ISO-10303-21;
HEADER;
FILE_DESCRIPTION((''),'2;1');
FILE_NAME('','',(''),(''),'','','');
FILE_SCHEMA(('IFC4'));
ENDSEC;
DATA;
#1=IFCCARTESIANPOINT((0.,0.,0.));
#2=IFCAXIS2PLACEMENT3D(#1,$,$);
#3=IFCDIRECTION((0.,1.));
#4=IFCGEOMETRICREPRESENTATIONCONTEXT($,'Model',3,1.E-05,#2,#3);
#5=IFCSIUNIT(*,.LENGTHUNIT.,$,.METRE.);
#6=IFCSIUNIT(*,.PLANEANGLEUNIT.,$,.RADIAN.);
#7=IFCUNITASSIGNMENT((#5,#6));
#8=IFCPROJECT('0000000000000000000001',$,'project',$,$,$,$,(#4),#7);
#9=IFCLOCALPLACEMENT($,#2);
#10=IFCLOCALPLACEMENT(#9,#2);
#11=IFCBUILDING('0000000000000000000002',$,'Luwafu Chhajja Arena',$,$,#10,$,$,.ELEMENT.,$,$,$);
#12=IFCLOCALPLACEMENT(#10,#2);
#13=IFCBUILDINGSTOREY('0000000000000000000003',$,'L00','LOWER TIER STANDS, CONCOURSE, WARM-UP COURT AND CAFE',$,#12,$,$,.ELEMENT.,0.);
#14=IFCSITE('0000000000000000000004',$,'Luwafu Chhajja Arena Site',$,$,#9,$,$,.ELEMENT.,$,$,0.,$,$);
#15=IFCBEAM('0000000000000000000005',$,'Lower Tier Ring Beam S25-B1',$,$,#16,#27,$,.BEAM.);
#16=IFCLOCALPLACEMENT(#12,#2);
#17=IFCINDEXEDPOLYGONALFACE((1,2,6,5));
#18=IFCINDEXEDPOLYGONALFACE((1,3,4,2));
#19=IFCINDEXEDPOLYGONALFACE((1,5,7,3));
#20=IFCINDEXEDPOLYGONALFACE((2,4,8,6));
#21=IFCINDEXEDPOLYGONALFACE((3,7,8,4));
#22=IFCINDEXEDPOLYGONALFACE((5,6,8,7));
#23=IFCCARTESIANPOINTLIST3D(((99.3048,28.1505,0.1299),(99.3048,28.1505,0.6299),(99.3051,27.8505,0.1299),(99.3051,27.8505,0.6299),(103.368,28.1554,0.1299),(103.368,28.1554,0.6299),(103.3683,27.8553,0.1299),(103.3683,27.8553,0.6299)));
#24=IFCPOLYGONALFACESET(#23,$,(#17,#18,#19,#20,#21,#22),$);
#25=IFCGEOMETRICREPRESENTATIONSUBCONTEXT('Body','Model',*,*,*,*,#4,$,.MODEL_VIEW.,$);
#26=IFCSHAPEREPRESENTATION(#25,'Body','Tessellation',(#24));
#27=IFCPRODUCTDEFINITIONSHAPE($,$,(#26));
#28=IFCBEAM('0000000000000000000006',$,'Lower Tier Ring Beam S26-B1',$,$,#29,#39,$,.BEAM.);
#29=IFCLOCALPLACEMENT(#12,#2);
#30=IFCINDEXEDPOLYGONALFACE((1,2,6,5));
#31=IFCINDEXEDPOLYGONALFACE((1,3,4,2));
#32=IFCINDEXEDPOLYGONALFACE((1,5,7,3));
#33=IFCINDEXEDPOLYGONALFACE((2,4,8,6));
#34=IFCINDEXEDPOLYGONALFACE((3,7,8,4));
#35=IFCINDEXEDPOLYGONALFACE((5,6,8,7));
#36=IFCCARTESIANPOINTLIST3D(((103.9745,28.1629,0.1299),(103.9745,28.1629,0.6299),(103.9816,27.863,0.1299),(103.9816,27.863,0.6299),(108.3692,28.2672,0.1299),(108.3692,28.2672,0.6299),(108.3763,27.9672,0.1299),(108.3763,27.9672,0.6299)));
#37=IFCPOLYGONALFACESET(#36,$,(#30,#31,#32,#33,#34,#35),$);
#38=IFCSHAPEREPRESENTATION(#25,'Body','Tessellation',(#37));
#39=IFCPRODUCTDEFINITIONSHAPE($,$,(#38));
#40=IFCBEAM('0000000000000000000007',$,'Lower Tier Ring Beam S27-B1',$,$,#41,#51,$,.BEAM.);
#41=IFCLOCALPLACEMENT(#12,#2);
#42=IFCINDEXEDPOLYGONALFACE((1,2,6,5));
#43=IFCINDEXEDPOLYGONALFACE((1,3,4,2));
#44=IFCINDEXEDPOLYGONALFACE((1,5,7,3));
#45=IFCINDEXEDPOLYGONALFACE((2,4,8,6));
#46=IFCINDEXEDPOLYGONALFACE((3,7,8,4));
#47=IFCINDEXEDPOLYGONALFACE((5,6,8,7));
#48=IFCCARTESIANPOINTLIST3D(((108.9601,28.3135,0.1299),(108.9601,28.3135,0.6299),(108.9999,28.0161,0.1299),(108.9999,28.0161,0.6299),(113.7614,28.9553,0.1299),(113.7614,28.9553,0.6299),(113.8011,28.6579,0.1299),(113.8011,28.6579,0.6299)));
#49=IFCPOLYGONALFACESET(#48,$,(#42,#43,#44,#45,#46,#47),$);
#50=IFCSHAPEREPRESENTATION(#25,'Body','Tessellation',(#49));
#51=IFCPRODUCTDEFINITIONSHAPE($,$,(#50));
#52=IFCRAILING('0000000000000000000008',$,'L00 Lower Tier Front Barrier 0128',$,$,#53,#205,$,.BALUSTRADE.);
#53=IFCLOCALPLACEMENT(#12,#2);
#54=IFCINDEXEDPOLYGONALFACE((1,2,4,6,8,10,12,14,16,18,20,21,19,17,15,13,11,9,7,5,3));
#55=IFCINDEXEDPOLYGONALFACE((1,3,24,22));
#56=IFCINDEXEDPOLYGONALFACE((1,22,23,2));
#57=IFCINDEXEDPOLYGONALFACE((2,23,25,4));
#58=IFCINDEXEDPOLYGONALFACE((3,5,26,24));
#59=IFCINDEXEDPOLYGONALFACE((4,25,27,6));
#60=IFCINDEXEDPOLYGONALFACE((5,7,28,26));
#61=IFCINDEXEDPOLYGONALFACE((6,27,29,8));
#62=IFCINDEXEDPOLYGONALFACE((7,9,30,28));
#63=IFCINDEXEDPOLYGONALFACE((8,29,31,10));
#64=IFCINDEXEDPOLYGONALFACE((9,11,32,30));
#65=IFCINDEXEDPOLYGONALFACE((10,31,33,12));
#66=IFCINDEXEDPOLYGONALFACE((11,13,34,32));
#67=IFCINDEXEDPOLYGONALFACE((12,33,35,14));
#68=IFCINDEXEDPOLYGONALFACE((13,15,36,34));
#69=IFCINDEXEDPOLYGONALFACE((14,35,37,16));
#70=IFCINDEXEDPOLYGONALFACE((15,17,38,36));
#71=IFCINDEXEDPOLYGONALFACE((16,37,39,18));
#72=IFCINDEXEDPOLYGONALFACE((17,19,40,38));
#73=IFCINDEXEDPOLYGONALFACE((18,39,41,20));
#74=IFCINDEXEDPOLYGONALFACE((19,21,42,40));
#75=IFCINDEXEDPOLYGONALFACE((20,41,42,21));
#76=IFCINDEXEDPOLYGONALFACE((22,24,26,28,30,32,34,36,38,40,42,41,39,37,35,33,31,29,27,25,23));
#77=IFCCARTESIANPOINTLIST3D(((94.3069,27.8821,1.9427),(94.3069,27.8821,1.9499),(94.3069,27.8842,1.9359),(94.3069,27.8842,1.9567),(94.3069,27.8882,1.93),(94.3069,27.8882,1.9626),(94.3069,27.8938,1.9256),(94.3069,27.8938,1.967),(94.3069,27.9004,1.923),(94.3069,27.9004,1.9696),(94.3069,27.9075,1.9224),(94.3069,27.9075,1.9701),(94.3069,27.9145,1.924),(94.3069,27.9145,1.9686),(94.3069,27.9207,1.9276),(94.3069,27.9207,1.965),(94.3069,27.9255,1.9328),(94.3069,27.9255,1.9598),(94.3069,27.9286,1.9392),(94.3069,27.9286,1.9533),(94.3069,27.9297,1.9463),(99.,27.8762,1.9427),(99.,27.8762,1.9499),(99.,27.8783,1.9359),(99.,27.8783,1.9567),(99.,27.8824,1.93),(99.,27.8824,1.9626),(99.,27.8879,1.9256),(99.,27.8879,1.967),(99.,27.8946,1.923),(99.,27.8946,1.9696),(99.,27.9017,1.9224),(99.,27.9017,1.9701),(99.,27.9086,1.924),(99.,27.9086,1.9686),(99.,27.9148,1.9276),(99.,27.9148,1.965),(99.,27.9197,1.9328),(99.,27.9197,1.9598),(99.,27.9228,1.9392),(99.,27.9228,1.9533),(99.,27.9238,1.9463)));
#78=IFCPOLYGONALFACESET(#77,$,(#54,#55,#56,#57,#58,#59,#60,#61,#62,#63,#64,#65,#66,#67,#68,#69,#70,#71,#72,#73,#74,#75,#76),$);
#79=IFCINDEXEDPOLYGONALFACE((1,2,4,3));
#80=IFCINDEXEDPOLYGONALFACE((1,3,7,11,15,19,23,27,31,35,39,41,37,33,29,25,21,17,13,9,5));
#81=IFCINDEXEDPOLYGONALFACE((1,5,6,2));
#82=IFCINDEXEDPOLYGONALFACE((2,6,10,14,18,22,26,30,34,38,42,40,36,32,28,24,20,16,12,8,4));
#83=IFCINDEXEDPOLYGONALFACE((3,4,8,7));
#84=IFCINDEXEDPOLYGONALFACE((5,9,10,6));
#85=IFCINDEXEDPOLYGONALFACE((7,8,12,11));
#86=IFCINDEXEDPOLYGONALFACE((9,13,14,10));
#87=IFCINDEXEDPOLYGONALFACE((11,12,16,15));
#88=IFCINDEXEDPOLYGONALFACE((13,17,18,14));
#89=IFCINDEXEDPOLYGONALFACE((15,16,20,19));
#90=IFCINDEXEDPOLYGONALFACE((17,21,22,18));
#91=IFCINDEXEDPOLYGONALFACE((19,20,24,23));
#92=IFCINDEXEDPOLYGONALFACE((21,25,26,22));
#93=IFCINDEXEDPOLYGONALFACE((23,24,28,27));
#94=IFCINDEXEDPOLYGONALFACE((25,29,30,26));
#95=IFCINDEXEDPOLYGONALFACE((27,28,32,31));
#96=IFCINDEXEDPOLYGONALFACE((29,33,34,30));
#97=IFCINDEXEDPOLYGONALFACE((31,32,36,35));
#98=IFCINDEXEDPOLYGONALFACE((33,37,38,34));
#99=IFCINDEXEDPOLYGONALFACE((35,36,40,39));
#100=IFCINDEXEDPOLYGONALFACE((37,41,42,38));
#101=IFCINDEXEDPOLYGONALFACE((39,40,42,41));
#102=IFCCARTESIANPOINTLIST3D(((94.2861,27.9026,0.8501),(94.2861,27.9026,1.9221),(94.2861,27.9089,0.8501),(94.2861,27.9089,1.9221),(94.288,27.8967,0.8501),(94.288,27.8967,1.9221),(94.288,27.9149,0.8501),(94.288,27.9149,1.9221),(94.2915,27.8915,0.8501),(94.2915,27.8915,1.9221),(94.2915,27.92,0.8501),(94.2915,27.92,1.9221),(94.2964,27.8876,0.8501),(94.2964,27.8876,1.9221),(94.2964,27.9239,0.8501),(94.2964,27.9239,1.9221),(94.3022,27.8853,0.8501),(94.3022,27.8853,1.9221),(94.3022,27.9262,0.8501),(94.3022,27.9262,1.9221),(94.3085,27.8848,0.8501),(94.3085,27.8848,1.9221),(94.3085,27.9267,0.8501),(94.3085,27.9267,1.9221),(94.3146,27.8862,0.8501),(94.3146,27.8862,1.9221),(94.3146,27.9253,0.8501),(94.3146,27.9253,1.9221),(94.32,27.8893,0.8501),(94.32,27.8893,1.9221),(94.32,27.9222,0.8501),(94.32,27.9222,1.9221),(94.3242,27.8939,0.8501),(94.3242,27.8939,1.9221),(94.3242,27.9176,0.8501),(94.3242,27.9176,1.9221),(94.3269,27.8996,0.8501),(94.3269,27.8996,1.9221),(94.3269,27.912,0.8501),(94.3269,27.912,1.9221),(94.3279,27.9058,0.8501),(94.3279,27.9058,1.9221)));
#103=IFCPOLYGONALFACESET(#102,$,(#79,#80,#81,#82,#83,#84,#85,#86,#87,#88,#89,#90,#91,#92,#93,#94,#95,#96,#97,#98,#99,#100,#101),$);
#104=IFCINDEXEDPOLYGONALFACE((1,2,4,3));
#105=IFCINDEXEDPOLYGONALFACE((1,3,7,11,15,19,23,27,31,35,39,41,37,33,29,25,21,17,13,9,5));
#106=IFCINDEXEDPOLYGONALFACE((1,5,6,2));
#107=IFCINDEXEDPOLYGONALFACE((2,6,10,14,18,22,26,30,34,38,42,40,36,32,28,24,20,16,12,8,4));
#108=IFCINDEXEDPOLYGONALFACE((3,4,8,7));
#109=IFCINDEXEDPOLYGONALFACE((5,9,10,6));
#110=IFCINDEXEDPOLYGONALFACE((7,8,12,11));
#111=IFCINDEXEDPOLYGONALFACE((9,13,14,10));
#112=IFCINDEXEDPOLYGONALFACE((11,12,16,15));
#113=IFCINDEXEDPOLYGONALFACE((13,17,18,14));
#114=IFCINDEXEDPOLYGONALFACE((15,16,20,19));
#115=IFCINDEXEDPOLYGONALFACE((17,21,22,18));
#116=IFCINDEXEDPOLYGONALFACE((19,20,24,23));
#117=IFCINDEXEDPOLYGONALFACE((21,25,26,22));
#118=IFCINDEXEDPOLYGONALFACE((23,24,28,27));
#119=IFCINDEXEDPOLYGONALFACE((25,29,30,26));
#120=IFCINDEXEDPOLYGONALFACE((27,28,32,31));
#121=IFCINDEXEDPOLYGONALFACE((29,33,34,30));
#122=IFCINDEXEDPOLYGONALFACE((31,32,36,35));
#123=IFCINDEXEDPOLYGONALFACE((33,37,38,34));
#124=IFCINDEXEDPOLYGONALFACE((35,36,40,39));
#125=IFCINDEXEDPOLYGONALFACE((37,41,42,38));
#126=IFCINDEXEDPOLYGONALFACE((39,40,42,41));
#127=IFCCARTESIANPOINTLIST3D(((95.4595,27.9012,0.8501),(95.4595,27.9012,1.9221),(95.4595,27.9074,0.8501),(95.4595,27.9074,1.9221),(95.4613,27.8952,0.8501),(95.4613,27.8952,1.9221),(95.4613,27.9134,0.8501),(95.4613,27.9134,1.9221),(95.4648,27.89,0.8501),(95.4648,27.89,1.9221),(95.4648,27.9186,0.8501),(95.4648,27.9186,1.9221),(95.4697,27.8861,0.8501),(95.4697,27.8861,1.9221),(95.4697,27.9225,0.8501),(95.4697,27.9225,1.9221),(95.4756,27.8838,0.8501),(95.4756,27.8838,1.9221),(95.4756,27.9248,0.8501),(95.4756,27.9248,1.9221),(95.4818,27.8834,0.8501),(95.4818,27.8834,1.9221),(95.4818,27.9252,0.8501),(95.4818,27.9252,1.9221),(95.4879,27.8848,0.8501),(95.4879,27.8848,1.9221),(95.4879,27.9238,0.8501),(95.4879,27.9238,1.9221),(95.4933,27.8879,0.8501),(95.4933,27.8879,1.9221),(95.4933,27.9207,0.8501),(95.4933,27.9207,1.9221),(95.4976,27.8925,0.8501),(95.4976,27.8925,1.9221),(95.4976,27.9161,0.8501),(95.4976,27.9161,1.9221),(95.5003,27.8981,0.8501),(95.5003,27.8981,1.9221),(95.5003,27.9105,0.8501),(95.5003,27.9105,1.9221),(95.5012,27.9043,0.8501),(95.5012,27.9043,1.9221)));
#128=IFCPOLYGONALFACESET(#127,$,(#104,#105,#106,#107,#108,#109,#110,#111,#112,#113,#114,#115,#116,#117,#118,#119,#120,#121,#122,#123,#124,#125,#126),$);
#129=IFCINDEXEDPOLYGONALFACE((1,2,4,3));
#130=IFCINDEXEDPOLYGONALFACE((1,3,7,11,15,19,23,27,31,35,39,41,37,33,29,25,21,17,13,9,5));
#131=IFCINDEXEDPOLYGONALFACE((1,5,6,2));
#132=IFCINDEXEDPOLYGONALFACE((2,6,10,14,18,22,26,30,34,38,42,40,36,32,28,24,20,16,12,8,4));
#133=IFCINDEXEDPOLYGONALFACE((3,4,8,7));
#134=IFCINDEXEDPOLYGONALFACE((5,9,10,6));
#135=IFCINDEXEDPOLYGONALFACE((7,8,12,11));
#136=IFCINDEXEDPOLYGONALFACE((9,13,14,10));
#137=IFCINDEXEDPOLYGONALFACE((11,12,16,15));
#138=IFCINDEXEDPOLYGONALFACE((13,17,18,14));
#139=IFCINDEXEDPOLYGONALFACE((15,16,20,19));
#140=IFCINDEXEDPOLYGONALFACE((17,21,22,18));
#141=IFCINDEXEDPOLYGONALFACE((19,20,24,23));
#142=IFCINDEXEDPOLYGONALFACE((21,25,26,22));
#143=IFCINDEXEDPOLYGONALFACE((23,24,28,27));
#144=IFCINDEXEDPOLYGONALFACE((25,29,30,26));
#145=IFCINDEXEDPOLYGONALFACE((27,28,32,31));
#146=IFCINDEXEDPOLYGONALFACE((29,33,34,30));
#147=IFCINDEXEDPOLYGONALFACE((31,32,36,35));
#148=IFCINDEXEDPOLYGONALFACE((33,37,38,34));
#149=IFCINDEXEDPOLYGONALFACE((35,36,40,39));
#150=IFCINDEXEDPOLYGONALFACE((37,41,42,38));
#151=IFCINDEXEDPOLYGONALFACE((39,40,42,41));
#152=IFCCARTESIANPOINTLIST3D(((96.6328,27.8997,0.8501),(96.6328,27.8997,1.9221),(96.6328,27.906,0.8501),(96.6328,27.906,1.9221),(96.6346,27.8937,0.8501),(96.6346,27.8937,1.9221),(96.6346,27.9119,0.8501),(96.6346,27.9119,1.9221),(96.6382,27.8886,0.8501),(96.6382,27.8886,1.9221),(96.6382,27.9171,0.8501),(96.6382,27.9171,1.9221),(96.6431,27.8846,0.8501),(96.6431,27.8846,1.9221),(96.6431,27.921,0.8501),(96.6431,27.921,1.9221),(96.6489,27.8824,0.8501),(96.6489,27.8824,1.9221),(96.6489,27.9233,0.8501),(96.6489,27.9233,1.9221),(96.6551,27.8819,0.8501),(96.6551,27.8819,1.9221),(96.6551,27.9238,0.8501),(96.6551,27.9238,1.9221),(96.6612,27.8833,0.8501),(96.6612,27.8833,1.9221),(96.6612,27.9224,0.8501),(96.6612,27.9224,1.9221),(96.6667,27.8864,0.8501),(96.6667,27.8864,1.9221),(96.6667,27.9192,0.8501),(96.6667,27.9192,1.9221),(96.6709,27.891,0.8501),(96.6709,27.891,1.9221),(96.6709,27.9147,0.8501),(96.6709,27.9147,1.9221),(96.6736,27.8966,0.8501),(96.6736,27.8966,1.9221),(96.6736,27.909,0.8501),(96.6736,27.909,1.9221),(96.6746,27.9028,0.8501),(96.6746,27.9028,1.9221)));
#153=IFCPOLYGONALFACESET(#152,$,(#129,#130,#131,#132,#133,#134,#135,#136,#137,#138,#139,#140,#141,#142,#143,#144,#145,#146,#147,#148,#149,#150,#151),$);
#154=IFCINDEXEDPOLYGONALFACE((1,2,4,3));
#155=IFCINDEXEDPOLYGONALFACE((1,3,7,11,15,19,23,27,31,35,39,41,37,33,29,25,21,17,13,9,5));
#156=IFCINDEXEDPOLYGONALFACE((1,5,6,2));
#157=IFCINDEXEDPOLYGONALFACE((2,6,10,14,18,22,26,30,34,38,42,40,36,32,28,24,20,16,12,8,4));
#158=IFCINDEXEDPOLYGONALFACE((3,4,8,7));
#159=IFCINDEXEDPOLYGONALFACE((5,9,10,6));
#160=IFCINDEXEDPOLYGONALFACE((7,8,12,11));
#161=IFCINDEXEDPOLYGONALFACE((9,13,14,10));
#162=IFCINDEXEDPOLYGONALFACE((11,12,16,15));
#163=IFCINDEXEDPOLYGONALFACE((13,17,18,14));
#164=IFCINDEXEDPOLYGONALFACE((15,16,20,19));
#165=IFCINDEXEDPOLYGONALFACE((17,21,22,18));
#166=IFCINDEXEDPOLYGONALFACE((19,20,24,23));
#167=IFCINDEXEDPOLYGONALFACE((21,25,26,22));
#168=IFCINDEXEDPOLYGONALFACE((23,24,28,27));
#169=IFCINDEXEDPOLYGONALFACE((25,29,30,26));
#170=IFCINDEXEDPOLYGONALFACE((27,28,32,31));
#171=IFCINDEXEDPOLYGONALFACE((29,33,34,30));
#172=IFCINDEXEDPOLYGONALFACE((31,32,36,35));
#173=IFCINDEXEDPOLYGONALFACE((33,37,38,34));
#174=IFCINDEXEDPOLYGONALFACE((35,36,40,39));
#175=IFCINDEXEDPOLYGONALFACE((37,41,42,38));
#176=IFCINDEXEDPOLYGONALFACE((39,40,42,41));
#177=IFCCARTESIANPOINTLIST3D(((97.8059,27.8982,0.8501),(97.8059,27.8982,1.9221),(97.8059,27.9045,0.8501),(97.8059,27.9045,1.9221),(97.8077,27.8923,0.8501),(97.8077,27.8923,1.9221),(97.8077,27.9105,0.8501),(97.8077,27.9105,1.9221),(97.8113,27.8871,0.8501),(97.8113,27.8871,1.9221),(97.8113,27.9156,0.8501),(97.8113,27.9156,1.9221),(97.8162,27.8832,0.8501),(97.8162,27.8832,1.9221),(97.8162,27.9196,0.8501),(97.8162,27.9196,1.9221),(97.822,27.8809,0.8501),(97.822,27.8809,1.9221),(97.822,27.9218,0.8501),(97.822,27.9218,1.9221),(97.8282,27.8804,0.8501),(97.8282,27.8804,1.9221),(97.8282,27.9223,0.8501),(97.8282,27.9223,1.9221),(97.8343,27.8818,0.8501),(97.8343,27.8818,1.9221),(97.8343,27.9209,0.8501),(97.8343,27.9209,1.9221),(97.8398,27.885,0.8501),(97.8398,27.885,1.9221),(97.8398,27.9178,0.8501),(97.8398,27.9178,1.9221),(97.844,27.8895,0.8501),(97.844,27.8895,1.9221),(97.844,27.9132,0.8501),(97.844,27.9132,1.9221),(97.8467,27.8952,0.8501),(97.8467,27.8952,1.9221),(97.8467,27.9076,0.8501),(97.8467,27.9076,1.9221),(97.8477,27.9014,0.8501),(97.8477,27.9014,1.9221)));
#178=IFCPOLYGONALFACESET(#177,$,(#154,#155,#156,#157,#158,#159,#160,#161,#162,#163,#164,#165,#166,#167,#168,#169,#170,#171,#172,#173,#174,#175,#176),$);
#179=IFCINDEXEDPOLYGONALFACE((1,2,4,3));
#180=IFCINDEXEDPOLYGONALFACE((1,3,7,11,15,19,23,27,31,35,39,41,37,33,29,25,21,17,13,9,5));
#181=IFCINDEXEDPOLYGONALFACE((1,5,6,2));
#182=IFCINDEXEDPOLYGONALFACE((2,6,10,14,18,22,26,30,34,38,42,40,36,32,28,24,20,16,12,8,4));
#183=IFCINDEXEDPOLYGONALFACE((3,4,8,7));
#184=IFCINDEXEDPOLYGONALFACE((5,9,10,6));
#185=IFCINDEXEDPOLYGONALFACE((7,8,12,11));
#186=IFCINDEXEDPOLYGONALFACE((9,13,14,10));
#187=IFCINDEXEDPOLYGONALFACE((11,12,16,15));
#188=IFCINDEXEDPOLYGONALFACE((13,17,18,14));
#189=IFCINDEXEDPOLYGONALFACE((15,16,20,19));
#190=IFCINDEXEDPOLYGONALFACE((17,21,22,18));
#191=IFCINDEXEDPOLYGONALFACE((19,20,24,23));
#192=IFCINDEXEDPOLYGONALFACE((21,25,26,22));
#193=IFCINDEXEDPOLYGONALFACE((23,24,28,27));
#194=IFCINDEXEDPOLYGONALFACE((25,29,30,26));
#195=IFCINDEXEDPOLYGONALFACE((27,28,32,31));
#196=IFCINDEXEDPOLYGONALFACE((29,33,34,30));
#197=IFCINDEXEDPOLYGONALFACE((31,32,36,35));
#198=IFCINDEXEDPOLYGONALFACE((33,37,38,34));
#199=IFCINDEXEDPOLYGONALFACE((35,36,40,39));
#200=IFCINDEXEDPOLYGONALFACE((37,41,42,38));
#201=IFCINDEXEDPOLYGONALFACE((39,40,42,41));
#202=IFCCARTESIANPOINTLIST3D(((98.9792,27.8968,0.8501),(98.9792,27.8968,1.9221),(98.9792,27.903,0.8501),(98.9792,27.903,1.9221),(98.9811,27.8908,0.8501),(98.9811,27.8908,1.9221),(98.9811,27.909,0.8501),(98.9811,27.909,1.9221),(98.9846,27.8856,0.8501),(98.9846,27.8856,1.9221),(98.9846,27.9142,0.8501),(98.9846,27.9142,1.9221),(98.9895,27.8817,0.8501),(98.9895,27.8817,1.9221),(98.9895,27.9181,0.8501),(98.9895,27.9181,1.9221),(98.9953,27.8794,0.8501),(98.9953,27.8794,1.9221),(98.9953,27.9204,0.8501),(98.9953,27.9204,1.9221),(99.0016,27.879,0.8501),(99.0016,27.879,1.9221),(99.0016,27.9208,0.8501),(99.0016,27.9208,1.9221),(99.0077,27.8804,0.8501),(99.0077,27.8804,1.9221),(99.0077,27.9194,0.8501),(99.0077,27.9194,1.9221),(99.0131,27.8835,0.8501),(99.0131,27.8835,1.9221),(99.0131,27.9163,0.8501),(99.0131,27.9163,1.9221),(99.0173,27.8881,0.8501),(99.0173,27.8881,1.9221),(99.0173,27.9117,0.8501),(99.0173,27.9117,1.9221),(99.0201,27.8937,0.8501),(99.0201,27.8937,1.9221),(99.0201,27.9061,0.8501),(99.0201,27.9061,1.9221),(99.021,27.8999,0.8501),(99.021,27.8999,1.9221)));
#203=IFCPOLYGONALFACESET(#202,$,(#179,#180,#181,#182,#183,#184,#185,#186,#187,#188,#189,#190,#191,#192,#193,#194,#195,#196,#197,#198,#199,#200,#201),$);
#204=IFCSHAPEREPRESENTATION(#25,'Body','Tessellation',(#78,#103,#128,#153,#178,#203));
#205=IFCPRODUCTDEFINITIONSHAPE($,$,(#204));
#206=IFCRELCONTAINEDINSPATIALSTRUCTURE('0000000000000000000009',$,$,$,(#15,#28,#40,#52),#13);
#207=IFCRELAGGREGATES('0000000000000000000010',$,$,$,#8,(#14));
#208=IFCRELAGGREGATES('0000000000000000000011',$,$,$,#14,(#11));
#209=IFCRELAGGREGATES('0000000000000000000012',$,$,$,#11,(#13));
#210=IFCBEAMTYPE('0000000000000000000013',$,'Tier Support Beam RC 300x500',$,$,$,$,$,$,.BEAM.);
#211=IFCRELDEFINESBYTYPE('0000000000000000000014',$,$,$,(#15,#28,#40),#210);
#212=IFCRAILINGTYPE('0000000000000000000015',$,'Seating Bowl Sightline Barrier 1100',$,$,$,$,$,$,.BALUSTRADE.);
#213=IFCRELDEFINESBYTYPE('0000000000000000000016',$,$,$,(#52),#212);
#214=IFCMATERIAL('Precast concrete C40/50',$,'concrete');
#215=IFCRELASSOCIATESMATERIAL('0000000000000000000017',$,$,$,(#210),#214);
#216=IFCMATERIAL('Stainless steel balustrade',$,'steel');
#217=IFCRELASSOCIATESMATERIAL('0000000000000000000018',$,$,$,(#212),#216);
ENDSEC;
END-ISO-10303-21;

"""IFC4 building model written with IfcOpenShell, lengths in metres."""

from ifc_helpers import new_model, si_unit, direction, frame, origin, origin_2d, place, context, subcontext, project, spatial, rectangle, circle, extrude, material, material_profile, profile_set, type_object, element, save


model = new_model("IFC4")

# Units and contexts
model_context = context("Model", 3, precision=1e-05, world=origin(), true_north=direction((0.0, 1.0)))
body_context = subcontext(model_context, "Body", "Model", "MODEL_VIEW")
ifc_project = project(units=[si_unit("LENGTHUNIT", "METRE"), si_unit("PLANEANGLEUNIT", "RADIAN")], contexts=[model_context])

# Site, building, storey
site_placement = place(None, origin())
site = spatial("IfcSite", under=ifc_project, at=site_placement, Name="Luwafu Chhajja Arena Site", CompositionType="ELEMENT", RefElevation=0.0)
building_placement = place(site_placement, origin())
building = spatial("IfcBuilding", under=site, at=building_placement, Name="Luwafu Chhajja Arena", CompositionType="ELEMENT")
storey_placement = place(building_placement, origin())
storey = spatial("IfcBuildingStorey", under=building, at=storey_placement, Name="L00", Description="LOWER TIER STANDS, CONCOURSE, WARM-UP COURT AND CAFE", CompositionType="ELEMENT", Elevation=0.0)

# Beams
ifc_material_1 = material(Name="Precast concrete C40/50", Category="concrete")
ifc_material_profile_1 = material_profile(ifc_material_1, rectangle(XDim=0.3, YDim=0.5, at=origin_2d()), Name="RC 300x500")
ifc_profile_set_1 = profile_set([ifc_material_profile_1], Name="Precast concrete C40/50")
beam_type_1 = type_object("IfcBeamType", Name="Tier Support Beam RC 300x500", PredefinedType="BEAM", material=ifc_profile_set_1)
for number, where, z_axis, x_axis, name in (
    (1, (99.3049, 28.0005, 0.3799), (0.999999, 0.001202, 0.0), (-0.001202, 0.999999, 0.0), "Lower Tier Ring Beam S25-B1"),
):
    element("IfcBeam", number, at=place(storey_placement, frame(where, z_axis=z_axis, x_axis=x_axis)), inside=storey, type_object=beam_type_1, Name=name, PredefinedType="BEAM", context=body_context, shape_type="SweptSolid", body=[
        extrude(rectangle(XDim=0.3, YDim=0.5, at=origin_2d()), origin(), (0.0, 0.0, 1.0), 4.0632),
    ])
beam_1_placement = place(storey_placement, frame((103.978, 28.0129, 0.3799), z_axis=(0.999719, 0.023714, 0.0), x_axis=(-0.023714, 0.999719, 0.0)))
element("IfcBeam", 2, at=beam_1_placement, inside=storey, type_object=beam_type_1, Name="Lower Tier Ring Beam S26-B1", PredefinedType="BEAM", context=body_context, shape_type="SweptSolid", body=[
    extrude(rectangle(XDim=0.3, YDim=0.5, at=origin_2d()), origin(), (0.0, 0.0, 1.0), 4.396),
])
beam_2_placement = place(storey_placement, frame((108.98, 28.1648, 0.3799), z_axis=(0.991183, 0.132504, 0.0), x_axis=(-0.132504, 0.991183, 0.0)))
element("IfcBeam", 3, at=beam_2_placement, inside=storey, type_object=beam_type_1, Name="Lower Tier Ring Beam S27-B1", PredefinedType="BEAM", context=body_context, shape_type="SweptSolid", body=[
    extrude(rectangle(XDim=0.3, YDim=0.5, at=origin_2d()), origin(), (0.0, 0.0, 1.0), 4.844),
])

# Railing
ifc_material_2 = material(Name="Stainless steel balustrade", Category="steel")
railing_type = type_object("IfcRailingType", Name="Seating Bowl Sightline Barrier 1100", PredefinedType="BALUSTRADE", material=ifc_material_2)
railing_1_placement = place(storey_placement, frame((94.3069, 27.9058, 0.8501)))
element("IfcRailing", 4, at=railing_1_placement, inside=storey, type_object=railing_type, Name="L00 Lower Tier Front Barrier 0128", PredefinedType="BALUSTRADE", context=body_context, shape_type="SweptSolid", body=[
    extrude(circle(Radius=0.0239, at=origin_2d()), frame((0.0, 0.0, 1.0962), z_axis=(0.999999, -0.001249, 0.0), x_axis=(0.001249, 0.999999, 0.0)), (0.0, 0.0, 1.0), 4.6931),
    extrude(circle(Radius=0.021, at=origin_2d()), origin(), (0.0, 0.0, 1.0), 1.072),
    extrude(circle(Radius=0.021, at=origin_2d()), frame((1.1733, -0.0015, 0.0)), (0.0, 0.0, 1.0), 1.072),
    extrude(circle(Radius=0.021, at=origin_2d()), frame((2.3467, -0.0029, 0.0)), (0.0, 0.0, 1.0), 1.072),
    extrude(circle(Radius=0.021, at=origin_2d()), frame((3.5198, -0.0044, 0.0)), (0.0, 0.0, 1.0), 1.072),
    extrude(circle(Radius=0.021, at=origin_2d()), frame((4.6931, -0.0059, 0.0)), (0.0, 0.0, 1.0), 1.072),
])

save(model, "model.ifc")
